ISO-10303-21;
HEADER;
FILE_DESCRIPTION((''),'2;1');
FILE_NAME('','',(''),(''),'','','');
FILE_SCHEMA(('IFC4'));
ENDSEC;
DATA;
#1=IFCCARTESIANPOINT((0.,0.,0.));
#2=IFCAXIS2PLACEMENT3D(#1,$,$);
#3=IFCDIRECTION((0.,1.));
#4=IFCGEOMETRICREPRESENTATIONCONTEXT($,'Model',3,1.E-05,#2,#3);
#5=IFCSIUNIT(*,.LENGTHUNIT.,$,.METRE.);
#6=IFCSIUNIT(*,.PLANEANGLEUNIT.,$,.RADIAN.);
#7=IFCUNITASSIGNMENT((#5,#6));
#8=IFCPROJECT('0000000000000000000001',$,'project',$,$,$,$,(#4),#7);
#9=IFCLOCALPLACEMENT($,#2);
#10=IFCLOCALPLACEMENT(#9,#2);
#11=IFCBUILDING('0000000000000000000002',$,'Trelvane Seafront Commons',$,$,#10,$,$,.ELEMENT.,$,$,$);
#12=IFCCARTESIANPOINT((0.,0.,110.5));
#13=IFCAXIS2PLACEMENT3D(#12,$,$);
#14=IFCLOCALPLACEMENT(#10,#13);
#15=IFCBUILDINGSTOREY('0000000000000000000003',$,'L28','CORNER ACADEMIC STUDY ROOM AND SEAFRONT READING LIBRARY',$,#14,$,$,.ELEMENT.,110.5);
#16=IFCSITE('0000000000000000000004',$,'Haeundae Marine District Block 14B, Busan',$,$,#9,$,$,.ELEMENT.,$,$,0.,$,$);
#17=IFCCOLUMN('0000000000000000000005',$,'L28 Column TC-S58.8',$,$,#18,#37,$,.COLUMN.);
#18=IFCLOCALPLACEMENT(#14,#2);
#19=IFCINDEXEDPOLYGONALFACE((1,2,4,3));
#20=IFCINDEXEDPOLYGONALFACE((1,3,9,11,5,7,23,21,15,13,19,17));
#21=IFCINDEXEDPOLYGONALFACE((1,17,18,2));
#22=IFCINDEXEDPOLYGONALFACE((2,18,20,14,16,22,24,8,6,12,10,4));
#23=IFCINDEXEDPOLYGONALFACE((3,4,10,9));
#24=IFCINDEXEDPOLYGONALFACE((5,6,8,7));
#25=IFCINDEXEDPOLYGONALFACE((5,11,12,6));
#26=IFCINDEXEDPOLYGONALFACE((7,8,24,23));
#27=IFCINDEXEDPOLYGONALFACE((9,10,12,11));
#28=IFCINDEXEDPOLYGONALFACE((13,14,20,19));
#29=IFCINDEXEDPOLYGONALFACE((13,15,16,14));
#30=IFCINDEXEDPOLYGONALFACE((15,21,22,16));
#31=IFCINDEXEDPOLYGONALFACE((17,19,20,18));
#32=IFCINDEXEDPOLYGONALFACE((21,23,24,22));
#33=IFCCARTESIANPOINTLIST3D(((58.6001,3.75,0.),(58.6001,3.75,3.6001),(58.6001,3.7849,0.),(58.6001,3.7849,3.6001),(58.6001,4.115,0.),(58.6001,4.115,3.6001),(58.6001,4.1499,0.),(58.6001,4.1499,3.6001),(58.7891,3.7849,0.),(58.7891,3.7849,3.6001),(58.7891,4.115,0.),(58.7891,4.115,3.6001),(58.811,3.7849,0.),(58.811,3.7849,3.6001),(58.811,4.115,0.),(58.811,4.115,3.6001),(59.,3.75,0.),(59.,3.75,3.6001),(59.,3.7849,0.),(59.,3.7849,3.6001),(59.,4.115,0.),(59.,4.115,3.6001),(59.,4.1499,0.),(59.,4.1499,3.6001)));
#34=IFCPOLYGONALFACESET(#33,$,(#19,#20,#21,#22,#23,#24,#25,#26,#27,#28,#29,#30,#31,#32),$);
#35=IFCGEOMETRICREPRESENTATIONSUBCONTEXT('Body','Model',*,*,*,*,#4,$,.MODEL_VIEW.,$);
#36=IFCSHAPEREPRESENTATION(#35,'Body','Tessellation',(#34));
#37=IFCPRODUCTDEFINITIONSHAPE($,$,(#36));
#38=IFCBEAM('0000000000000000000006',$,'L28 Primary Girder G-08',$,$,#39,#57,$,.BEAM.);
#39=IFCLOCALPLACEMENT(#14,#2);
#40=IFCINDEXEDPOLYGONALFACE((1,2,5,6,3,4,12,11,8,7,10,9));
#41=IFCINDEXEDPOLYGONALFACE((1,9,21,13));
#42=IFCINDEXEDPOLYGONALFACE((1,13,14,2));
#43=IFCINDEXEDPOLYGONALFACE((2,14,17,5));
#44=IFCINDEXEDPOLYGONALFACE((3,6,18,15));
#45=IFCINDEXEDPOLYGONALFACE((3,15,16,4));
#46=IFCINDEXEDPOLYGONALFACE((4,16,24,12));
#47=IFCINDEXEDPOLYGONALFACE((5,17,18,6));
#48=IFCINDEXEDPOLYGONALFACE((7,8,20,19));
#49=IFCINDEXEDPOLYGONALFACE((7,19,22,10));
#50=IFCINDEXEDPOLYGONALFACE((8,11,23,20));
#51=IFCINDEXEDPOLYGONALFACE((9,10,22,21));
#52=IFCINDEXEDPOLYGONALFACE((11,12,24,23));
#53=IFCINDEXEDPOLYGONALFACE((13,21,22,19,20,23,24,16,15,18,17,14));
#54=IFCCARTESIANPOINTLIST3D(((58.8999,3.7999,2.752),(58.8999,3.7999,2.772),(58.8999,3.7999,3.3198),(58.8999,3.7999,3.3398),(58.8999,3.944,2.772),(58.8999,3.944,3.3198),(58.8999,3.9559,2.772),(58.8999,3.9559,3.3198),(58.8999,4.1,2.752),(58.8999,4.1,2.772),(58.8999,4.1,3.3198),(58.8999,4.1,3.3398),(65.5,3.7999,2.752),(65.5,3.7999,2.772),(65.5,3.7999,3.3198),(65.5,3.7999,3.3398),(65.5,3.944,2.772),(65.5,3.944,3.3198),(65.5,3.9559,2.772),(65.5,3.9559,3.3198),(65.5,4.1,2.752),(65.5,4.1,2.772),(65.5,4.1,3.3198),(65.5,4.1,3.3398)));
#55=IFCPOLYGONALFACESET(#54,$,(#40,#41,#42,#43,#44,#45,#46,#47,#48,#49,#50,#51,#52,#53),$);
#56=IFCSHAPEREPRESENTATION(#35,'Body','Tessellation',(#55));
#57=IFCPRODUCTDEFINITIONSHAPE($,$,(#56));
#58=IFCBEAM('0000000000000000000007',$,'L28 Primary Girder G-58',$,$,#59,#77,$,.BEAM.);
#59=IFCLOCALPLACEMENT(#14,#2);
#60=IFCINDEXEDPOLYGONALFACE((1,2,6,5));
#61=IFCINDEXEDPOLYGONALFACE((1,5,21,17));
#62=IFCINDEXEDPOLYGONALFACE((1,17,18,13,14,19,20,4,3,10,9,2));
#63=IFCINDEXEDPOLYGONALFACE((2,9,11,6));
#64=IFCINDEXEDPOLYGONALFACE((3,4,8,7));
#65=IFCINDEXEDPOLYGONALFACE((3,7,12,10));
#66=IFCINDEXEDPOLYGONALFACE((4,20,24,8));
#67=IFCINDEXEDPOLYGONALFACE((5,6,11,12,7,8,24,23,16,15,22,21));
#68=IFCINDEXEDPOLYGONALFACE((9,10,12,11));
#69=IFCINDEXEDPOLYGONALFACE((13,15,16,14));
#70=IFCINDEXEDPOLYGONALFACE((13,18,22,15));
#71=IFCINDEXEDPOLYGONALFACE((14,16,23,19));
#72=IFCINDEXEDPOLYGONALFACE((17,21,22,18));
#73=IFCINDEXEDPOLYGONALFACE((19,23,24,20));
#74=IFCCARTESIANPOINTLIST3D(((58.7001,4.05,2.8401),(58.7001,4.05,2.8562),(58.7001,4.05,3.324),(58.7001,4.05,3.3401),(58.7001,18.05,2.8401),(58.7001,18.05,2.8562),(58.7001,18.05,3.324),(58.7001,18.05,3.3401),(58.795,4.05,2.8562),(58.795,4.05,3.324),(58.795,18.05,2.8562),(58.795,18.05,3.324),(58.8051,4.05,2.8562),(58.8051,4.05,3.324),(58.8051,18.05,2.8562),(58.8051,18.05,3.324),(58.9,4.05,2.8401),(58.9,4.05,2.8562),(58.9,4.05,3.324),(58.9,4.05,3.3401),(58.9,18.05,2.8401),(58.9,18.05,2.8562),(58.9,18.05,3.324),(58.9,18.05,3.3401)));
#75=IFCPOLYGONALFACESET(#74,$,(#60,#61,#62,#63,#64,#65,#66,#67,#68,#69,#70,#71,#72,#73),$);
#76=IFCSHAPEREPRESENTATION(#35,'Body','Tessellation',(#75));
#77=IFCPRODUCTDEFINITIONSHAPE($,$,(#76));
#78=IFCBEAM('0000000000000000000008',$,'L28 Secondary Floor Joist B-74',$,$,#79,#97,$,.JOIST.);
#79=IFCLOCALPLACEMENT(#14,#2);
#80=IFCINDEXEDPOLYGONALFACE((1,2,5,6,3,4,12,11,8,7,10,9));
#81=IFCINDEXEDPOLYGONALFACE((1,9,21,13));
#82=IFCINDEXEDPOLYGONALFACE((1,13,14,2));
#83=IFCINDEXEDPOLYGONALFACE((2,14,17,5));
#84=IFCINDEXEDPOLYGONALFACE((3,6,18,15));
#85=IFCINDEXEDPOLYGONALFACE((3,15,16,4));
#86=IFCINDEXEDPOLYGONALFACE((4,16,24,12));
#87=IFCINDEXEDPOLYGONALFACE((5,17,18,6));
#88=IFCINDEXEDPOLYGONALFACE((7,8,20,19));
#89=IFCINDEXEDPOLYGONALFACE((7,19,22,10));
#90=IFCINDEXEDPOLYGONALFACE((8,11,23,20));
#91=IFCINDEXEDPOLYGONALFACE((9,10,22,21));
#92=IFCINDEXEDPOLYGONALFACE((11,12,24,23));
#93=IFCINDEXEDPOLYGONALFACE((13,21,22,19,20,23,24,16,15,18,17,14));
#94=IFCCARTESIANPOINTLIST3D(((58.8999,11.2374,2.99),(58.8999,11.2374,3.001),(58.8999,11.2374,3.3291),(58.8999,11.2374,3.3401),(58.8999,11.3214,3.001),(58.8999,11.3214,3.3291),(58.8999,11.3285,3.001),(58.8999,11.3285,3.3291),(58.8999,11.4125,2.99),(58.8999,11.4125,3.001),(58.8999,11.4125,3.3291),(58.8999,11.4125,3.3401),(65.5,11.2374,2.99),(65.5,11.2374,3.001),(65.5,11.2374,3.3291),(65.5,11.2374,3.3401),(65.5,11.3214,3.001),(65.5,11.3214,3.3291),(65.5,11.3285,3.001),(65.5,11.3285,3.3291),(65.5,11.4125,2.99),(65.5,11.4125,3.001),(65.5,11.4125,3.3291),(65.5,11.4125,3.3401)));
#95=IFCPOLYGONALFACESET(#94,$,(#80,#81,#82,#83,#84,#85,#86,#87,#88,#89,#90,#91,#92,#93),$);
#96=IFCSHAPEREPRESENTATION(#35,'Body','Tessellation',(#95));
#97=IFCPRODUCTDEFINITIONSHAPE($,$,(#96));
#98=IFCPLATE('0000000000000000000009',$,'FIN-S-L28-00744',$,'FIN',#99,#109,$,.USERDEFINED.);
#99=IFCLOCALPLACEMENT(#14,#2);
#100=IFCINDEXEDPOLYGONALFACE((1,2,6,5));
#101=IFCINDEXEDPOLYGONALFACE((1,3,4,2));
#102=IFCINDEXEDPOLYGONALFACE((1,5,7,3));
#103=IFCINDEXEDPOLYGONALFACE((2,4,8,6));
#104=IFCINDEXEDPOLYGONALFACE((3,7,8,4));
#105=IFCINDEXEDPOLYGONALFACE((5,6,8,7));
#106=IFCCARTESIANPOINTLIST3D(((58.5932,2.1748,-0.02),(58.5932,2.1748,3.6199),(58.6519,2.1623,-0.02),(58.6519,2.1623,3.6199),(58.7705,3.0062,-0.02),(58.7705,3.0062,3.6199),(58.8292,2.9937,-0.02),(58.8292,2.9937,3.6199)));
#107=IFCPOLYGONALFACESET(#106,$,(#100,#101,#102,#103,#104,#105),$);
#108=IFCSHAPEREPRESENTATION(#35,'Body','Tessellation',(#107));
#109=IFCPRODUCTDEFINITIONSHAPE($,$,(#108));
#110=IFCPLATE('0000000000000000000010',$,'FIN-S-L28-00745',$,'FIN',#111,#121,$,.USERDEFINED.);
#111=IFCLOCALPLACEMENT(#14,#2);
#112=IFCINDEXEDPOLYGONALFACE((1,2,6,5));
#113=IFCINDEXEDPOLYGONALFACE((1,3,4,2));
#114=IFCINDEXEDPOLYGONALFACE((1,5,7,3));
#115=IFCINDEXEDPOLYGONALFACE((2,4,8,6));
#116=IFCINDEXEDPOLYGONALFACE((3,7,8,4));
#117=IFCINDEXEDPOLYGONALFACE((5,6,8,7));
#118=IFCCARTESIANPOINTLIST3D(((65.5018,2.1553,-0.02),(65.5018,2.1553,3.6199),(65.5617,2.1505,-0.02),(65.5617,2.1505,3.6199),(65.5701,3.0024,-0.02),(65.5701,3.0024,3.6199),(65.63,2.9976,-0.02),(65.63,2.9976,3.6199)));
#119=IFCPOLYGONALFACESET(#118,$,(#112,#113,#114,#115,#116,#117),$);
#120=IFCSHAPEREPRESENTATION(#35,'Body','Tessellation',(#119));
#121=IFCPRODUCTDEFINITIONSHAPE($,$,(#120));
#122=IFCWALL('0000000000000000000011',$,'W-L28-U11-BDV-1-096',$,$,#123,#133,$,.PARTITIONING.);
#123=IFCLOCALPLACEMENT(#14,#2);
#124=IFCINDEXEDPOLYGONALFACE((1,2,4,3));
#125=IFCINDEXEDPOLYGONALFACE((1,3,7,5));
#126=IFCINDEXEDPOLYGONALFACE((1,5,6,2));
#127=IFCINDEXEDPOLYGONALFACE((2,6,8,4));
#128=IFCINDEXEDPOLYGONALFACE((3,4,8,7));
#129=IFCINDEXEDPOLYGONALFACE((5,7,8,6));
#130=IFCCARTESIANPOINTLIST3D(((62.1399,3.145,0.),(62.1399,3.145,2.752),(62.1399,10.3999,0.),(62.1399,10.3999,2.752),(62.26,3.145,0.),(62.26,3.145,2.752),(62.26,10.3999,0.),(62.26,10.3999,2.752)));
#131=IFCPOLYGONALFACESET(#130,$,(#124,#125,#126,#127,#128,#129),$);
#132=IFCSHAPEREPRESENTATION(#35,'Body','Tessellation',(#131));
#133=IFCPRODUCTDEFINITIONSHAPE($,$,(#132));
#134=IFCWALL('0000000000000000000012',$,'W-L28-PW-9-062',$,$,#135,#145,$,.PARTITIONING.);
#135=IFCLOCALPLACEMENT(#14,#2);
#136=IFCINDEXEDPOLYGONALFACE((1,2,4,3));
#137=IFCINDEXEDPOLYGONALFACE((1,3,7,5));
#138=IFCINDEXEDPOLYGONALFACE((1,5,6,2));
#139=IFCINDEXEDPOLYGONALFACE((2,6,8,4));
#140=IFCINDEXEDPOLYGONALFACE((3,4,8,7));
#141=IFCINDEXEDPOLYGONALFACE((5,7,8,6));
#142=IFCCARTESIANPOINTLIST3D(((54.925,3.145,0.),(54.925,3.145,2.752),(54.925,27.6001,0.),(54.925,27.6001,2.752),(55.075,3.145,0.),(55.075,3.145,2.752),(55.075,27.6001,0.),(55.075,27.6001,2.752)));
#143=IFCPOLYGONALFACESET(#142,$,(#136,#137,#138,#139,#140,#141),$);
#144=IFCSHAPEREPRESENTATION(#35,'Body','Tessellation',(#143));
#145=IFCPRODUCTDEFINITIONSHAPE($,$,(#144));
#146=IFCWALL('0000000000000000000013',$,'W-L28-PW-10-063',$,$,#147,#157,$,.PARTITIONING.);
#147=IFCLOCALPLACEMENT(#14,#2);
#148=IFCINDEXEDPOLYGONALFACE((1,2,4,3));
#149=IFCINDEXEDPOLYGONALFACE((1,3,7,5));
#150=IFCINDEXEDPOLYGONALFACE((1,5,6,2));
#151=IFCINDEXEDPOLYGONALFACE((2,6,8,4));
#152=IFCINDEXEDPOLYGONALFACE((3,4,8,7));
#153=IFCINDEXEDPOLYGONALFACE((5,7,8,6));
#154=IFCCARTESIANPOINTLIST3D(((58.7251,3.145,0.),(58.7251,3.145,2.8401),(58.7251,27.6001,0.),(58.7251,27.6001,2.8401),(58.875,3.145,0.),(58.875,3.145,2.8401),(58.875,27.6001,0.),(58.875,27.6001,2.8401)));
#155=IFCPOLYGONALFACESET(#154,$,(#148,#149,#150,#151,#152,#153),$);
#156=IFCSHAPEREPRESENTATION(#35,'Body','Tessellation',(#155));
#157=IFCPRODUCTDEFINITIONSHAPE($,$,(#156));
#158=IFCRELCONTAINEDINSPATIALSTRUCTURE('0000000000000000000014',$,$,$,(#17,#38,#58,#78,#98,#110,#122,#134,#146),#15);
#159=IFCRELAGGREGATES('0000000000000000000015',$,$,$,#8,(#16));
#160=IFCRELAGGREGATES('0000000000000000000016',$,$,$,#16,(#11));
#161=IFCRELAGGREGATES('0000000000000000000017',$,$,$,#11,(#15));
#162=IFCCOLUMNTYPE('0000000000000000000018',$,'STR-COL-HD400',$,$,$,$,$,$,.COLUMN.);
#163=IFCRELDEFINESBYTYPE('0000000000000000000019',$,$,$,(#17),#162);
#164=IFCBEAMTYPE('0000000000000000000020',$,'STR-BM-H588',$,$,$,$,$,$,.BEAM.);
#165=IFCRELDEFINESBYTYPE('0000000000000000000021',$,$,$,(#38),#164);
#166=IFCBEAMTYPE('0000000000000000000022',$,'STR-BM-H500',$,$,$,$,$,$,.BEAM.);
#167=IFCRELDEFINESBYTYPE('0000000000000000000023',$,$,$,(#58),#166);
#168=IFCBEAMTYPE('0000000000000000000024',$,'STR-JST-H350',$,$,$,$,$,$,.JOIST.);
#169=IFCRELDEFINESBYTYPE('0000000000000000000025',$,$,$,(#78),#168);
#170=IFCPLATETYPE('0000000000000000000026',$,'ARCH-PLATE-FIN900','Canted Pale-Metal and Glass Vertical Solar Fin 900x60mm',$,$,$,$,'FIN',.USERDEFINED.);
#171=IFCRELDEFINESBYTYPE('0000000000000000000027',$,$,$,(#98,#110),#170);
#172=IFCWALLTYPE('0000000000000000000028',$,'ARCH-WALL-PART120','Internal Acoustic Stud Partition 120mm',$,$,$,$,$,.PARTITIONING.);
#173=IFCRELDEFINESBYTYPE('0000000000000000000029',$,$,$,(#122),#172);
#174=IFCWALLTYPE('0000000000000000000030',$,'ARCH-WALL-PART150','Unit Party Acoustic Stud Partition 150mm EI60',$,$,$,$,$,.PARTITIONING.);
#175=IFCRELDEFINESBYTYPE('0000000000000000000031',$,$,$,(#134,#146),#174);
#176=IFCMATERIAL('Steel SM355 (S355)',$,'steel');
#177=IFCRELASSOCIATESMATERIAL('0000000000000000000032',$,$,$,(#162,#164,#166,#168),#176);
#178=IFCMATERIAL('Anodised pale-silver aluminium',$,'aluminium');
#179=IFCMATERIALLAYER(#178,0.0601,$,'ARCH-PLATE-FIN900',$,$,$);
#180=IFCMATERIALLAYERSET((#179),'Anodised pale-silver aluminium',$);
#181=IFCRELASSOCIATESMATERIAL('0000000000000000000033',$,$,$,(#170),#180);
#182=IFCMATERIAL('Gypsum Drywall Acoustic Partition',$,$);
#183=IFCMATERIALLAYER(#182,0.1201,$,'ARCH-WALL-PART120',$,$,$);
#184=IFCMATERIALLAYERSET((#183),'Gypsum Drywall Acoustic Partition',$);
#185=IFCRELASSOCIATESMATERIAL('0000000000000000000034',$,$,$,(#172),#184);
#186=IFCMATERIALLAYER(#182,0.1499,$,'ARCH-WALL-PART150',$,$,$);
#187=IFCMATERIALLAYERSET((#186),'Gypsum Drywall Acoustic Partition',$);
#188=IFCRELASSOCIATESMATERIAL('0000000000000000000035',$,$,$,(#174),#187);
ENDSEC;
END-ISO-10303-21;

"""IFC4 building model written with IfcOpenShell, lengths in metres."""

from ifc_helpers import new_model, si_unit, direction, frame, frame_2d, origin, origin_2d, place, context, subcontext, project, spatial, rectangle, i_section, extrude, source, transform, mapped, material, layer, layer_set, material_profile, profile_set, type_object, element, save


model = new_model("IFC4")

# Units and contexts
model_context = context("Model", 3, precision=1e-05, world=origin(), true_north=direction((0.0, 1.0)))
body_context = subcontext(model_context, "Body", "Model", "MODEL_VIEW")
ifc_project = project(units=[si_unit("LENGTHUNIT", "METRE"), si_unit("PLANEANGLEUNIT", "RADIAN")], contexts=[model_context])

# Site, building, storey
site_placement = place(None, origin())
site = spatial("IfcSite", under=ifc_project, at=site_placement, Name="Haeundae Marine District Block 14B, Busan", CompositionType="ELEMENT", RefElevation=0.0)
building_placement = place(site_placement, origin())
building = spatial("IfcBuilding", under=site, at=building_placement, Name="Trelvane Seafront Commons", CompositionType="ELEMENT")
storey_placement = place(building_placement, frame((0.0, 0.0, 110.5)))
storey = spatial("IfcBuildingStorey", under=building, at=storey_placement, Name="L28", Description="CORNER ACADEMIC STUDY ROOM AND SEAFRONT READING LIBRARY", CompositionType="ELEMENT", Elevation=110.5)

# Column
ifc_material_1 = material(Name="Steel SM355 (S355)", Category="steel")
ifc_material_profile_1 = material_profile(ifc_material_1, i_section(OverallWidth=0.3999, OverallDepth=0.3999, WebThickness=0.022, FlangeThickness=0.0349, at=origin_2d()), Name="HD-400x400x22x35")
ifc_profile_set_1 = profile_set([ifc_material_profile_1], Name="Steel SM355 (S355)")
column_type = type_object("IfcColumnType", Name="STR-COL-HD400", PredefinedType="COLUMN", material=ifc_profile_set_1)
shared_shape_1 = source(origin(), body_context, "Body", "SweptSolid", [
    extrude(i_section(OverallWidth=0.3999, OverallDepth=0.3999, WebThickness=0.022, FlangeThickness=0.0349, at=origin_2d()), origin(), (0.0, 0.0, 1.0), 3.6001),
])
column_placement = place(storey_placement, frame((58.8, 3.95, 0.0), z_axis=(0.0, 0.0, 1.0), x_axis=(1.0, 0.0, 0.0)))
element("IfcColumn", 1, at=column_placement, inside=storey, type_object=column_type, Name="L28 Column TC-S58.8", PredefinedType="COLUMN", context=body_context, shape_type="MappedRepresentation", body=[
    mapped(shared_shape_1, transform((0.0, 0.0, 0.0), x_axis=(1.0, 0.0, 0.0), y_axis=(0.0, 1.0, 0.0), z_axis=(0.0, 0.0, 1.0), scale=1.0)),
])

# Beams
ifc_material_profile_2 = material_profile(ifc_material_1, i_section(OverallWidth=0.3, OverallDepth=0.5879, WebThickness=0.012, FlangeThickness=0.02, at=origin_2d()), Name="H-588x300x12x20")
ifc_profile_set_2 = profile_set([ifc_material_profile_2], Name="Steel SM355 (S355)")
beam_type_1 = type_object("IfcBeamType", Name="STR-BM-H588", PredefinedType="BEAM", material=ifc_profile_set_2)
shared_shape_2 = source(origin(), body_context, "Body", "SweptSolid", [
    extrude(i_section(OverallWidth=0.3, OverallDepth=0.5879, WebThickness=0.012, FlangeThickness=0.02, at=origin_2d()), origin(), (0.0, 0.0, 1.0), 6.6001),
])
beam_1_placement = place(storey_placement, frame((58.8999, 3.95, 3.0459), z_axis=(1.0, 0.0, 0.0), x_axis=(0.0, 1.0, 0.0)))
element("IfcBeam", 2, at=beam_1_placement, inside=storey, type_object=beam_type_1, Name="L28 Primary Girder G-08", PredefinedType="BEAM", context=body_context, shape_type="MappedRepresentation", body=[
    mapped(shared_shape_2, transform((0.0, 0.0, 0.0), x_axis=(1.0, 0.0, 0.0), y_axis=(0.0, 1.0, 0.0), z_axis=(0.0, 0.0, 1.0), scale=1.0)),
])
ifc_material_profile_3 = material_profile(ifc_material_1, i_section(OverallWidth=0.2, OverallDepth=0.5, WebThickness=0.01, FlangeThickness=0.0161, at=origin_2d()), Name="H-500x200x10x16")
ifc_profile_set_3 = profile_set([ifc_material_profile_3], Name="Steel SM355 (S355)")
beam_type_2 = type_object("IfcBeamType", Name="STR-BM-H500", PredefinedType="BEAM", material=ifc_profile_set_3)
shared_shape_3 = source(origin(), body_context, "Body", "SweptSolid", [
    extrude(i_section(OverallWidth=0.2, OverallDepth=0.5, WebThickness=0.01, FlangeThickness=0.0161, at=origin_2d()), origin(), (0.0, 0.0, 1.0), 14.0),
])
beam_2_placement = place(storey_placement, frame((58.8, 4.05, 3.0901), z_axis=(0.0, 1.0, 0.0), x_axis=(-1.0, 0.0, 0.0)))
element("IfcBeam", 3, at=beam_2_placement, inside=storey, type_object=beam_type_2, Name="L28 Primary Girder G-58", PredefinedType="BEAM", context=body_context, shape_type="MappedRepresentation", body=[
    mapped(shared_shape_3, transform((0.0, 0.0, 0.0), x_axis=(1.0, 0.0, 0.0), y_axis=(0.0, 1.0, 0.0), z_axis=(0.0, 0.0, 1.0), scale=1.0)),
])
ifc_material_profile_4 = material_profile(ifc_material_1, i_section(OverallWidth=0.175, OverallDepth=0.3501, WebThickness=0.0071, FlangeThickness=0.011, at=origin_2d()), Name="H-350x175x7x11")
ifc_profile_set_4 = profile_set([ifc_material_profile_4], Name="Steel SM355 (S355)")
beam_type_3 = type_object("IfcBeamType", Name="STR-JST-H350", PredefinedType="JOIST", material=ifc_profile_set_4)
shared_shape_4 = source(origin(), body_context, "Body", "SweptSolid", [
    extrude(i_section(OverallWidth=0.175, OverallDepth=0.3501, WebThickness=0.0071, FlangeThickness=0.011, at=origin_2d()), origin(), (0.0, 0.0, 1.0), 6.6001),
])
beam_3_placement = place(storey_placement, frame((58.8999, 11.325, 3.165), z_axis=(1.0, 0.0, 0.0), x_axis=(0.0, 1.0, 0.0)))
element("IfcBeam", 4, at=beam_3_placement, inside=storey, type_object=beam_type_3, Name="L28 Secondary Floor Joist B-74", PredefinedType="JOIST", context=body_context, shape_type="MappedRepresentation", body=[
    mapped(shared_shape_4, transform((0.0, 0.0, 0.0), x_axis=(1.0, 0.0, 0.0), y_axis=(0.0, 1.0, 0.0), z_axis=(0.0, 0.0, 1.0), scale=1.0)),
])

# Plates
ifc_material_2 = material(Name="Anodised pale-silver aluminium", Category="aluminium")
ifc_layer_1 = layer(ifc_material_2, 0.0601, Name="ARCH-PLATE-FIN900")
ifc_layer_set_1 = layer_set([ifc_layer_1], Name="Anodised pale-silver aluminium")
plate_type = type_object("IfcPlateType", Name="ARCH-PLATE-FIN900", Description="Canted Pale-Metal and Glass Vertical Solar Fin 900x60mm", ElementType="FIN", PredefinedType="USERDEFINED", material=ifc_layer_set_1)
shared_shape_5 = source(origin(), body_context, "Body", "SweptSolid", [
    extrude(rectangle(XDim=0.8501, YDim=0.0601, at=origin_2d()), origin(), (0.0, 0.0, 1.0), 3.6399),
])
plate_1_placement = place(storey_placement, frame((58.7112, 2.5842, -0.02), z_axis=(0.0, 0.0, 1.0), x_axis=(-0.208589, -0.978003, 0.0)))
element("IfcPlate", 5, at=plate_1_placement, inside=storey, type_object=plate_type, Name="FIN-S-L28-00744", ObjectType="FIN", PredefinedType="USERDEFINED", context=body_context, shape_type="MappedRepresentation", body=[
    mapped(shared_shape_5, transform((0.0, 0.0, 0.0), x_axis=(1.0, 0.0, 0.0), y_axis=(0.0, 1.0, 0.0), z_axis=(0.0, 0.0, 1.0), scale=1.0)),
])
shared_shape_6 = source(origin(), body_context, "Body", "SweptSolid", [
    extrude(rectangle(XDim=0.8499, YDim=0.0601, at=origin_2d()), origin(), (0.0, 0.0, 1.0), 3.6399),
])
plate_2_placement = place(storey_placement, frame((65.5659, 2.5764, -0.02), z_axis=(0.0, 0.0, 1.0), x_axis=(-0.080357, -0.996766, 0.0)))
element("IfcPlate", 6, at=plate_2_placement, inside=storey, type_object=plate_type, Name="FIN-S-L28-00745", ObjectType="FIN", PredefinedType="USERDEFINED", context=body_context, shape_type="MappedRepresentation", body=[
    mapped(shared_shape_6, transform((0.0, 0.0, 0.0), x_axis=(1.0, 0.0, 0.0), y_axis=(0.0, 1.0, 0.0), z_axis=(0.0, 0.0, 1.0), scale=1.0)),
])

# Shared definitions
ifc_material_3 = material(Name="Gypsum Drywall Acoustic Partition")
ifc_layer_2 = layer(ifc_material_3, 0.1201, Name="ARCH-WALL-PART120")
ifc_layer_set_2 = layer_set([ifc_layer_2], Name="Gypsum Drywall Acoustic Partition")
wall_type_1 = type_object("IfcWallType", Name="ARCH-WALL-PART120", Description="Internal Acoustic Stud Partition 120mm", PredefinedType="PARTITIONING", material=ifc_layer_set_2)

# Walls
wall_1_placement = place(storey_placement, frame((62.2, 3.145, 0.0), z_axis=(0.0, 0.0, 1.0), x_axis=(0.0, 1.0, 0.0)))
element("IfcWall", 7, at=wall_1_placement, inside=storey, type_object=wall_type_1, Name="W-L28-U11-BDV-1-096", PredefinedType="PARTITIONING", context=body_context, shape_type="SweptSolid", body=[
    extrude(rectangle(XDim=7.2549, YDim=0.1201, at=frame_2d((3.6274, 0.0))), origin(), (0.0, 0.0, 1.0), 2.752),
])
ifc_layer_3 = layer(ifc_material_3, 0.1499, Name="ARCH-WALL-PART150")
ifc_layer_set_3 = layer_set([ifc_layer_3], Name="Gypsum Drywall Acoustic Partition")
wall_type_2 = type_object("IfcWallType", Name="ARCH-WALL-PART150", Description="Unit Party Acoustic Stud Partition 150mm EI60", PredefinedType="PARTITIONING", material=ifc_layer_set_3)
wall_2_placement = place(storey_placement, frame((55.0, 3.145, 0.0), z_axis=(0.0, 0.0, 1.0), x_axis=(0.0, 1.0, 0.0)))
element("IfcWall", 8, at=wall_2_placement, inside=storey, type_object=wall_type_2, Name="W-L28-PW-9-062", PredefinedType="PARTITIONING", context=body_context, shape_type="SweptSolid", body=[
    extrude(rectangle(XDim=24.4551, YDim=0.1499, at=frame_2d((12.2275, 0.0))), origin(), (0.0, 0.0, 1.0), 2.752),
])
wall_3_placement = place(storey_placement, frame((58.8, 3.145, 0.0), z_axis=(0.0, 0.0, 1.0), x_axis=(0.0, 1.0, 0.0)))
element("IfcWall", 9, at=wall_3_placement, inside=storey, type_object=wall_type_2, Name="W-L28-PW-10-063", PredefinedType="PARTITIONING", context=body_context, shape_type="SweptSolid", body=[
    extrude(rectangle(XDim=24.4551, YDim=0.1499, at=frame_2d((12.2275, 0.0))), origin(), (0.0, 0.0, 1.0), 2.8401),
])

save(model, "model.ifc")
